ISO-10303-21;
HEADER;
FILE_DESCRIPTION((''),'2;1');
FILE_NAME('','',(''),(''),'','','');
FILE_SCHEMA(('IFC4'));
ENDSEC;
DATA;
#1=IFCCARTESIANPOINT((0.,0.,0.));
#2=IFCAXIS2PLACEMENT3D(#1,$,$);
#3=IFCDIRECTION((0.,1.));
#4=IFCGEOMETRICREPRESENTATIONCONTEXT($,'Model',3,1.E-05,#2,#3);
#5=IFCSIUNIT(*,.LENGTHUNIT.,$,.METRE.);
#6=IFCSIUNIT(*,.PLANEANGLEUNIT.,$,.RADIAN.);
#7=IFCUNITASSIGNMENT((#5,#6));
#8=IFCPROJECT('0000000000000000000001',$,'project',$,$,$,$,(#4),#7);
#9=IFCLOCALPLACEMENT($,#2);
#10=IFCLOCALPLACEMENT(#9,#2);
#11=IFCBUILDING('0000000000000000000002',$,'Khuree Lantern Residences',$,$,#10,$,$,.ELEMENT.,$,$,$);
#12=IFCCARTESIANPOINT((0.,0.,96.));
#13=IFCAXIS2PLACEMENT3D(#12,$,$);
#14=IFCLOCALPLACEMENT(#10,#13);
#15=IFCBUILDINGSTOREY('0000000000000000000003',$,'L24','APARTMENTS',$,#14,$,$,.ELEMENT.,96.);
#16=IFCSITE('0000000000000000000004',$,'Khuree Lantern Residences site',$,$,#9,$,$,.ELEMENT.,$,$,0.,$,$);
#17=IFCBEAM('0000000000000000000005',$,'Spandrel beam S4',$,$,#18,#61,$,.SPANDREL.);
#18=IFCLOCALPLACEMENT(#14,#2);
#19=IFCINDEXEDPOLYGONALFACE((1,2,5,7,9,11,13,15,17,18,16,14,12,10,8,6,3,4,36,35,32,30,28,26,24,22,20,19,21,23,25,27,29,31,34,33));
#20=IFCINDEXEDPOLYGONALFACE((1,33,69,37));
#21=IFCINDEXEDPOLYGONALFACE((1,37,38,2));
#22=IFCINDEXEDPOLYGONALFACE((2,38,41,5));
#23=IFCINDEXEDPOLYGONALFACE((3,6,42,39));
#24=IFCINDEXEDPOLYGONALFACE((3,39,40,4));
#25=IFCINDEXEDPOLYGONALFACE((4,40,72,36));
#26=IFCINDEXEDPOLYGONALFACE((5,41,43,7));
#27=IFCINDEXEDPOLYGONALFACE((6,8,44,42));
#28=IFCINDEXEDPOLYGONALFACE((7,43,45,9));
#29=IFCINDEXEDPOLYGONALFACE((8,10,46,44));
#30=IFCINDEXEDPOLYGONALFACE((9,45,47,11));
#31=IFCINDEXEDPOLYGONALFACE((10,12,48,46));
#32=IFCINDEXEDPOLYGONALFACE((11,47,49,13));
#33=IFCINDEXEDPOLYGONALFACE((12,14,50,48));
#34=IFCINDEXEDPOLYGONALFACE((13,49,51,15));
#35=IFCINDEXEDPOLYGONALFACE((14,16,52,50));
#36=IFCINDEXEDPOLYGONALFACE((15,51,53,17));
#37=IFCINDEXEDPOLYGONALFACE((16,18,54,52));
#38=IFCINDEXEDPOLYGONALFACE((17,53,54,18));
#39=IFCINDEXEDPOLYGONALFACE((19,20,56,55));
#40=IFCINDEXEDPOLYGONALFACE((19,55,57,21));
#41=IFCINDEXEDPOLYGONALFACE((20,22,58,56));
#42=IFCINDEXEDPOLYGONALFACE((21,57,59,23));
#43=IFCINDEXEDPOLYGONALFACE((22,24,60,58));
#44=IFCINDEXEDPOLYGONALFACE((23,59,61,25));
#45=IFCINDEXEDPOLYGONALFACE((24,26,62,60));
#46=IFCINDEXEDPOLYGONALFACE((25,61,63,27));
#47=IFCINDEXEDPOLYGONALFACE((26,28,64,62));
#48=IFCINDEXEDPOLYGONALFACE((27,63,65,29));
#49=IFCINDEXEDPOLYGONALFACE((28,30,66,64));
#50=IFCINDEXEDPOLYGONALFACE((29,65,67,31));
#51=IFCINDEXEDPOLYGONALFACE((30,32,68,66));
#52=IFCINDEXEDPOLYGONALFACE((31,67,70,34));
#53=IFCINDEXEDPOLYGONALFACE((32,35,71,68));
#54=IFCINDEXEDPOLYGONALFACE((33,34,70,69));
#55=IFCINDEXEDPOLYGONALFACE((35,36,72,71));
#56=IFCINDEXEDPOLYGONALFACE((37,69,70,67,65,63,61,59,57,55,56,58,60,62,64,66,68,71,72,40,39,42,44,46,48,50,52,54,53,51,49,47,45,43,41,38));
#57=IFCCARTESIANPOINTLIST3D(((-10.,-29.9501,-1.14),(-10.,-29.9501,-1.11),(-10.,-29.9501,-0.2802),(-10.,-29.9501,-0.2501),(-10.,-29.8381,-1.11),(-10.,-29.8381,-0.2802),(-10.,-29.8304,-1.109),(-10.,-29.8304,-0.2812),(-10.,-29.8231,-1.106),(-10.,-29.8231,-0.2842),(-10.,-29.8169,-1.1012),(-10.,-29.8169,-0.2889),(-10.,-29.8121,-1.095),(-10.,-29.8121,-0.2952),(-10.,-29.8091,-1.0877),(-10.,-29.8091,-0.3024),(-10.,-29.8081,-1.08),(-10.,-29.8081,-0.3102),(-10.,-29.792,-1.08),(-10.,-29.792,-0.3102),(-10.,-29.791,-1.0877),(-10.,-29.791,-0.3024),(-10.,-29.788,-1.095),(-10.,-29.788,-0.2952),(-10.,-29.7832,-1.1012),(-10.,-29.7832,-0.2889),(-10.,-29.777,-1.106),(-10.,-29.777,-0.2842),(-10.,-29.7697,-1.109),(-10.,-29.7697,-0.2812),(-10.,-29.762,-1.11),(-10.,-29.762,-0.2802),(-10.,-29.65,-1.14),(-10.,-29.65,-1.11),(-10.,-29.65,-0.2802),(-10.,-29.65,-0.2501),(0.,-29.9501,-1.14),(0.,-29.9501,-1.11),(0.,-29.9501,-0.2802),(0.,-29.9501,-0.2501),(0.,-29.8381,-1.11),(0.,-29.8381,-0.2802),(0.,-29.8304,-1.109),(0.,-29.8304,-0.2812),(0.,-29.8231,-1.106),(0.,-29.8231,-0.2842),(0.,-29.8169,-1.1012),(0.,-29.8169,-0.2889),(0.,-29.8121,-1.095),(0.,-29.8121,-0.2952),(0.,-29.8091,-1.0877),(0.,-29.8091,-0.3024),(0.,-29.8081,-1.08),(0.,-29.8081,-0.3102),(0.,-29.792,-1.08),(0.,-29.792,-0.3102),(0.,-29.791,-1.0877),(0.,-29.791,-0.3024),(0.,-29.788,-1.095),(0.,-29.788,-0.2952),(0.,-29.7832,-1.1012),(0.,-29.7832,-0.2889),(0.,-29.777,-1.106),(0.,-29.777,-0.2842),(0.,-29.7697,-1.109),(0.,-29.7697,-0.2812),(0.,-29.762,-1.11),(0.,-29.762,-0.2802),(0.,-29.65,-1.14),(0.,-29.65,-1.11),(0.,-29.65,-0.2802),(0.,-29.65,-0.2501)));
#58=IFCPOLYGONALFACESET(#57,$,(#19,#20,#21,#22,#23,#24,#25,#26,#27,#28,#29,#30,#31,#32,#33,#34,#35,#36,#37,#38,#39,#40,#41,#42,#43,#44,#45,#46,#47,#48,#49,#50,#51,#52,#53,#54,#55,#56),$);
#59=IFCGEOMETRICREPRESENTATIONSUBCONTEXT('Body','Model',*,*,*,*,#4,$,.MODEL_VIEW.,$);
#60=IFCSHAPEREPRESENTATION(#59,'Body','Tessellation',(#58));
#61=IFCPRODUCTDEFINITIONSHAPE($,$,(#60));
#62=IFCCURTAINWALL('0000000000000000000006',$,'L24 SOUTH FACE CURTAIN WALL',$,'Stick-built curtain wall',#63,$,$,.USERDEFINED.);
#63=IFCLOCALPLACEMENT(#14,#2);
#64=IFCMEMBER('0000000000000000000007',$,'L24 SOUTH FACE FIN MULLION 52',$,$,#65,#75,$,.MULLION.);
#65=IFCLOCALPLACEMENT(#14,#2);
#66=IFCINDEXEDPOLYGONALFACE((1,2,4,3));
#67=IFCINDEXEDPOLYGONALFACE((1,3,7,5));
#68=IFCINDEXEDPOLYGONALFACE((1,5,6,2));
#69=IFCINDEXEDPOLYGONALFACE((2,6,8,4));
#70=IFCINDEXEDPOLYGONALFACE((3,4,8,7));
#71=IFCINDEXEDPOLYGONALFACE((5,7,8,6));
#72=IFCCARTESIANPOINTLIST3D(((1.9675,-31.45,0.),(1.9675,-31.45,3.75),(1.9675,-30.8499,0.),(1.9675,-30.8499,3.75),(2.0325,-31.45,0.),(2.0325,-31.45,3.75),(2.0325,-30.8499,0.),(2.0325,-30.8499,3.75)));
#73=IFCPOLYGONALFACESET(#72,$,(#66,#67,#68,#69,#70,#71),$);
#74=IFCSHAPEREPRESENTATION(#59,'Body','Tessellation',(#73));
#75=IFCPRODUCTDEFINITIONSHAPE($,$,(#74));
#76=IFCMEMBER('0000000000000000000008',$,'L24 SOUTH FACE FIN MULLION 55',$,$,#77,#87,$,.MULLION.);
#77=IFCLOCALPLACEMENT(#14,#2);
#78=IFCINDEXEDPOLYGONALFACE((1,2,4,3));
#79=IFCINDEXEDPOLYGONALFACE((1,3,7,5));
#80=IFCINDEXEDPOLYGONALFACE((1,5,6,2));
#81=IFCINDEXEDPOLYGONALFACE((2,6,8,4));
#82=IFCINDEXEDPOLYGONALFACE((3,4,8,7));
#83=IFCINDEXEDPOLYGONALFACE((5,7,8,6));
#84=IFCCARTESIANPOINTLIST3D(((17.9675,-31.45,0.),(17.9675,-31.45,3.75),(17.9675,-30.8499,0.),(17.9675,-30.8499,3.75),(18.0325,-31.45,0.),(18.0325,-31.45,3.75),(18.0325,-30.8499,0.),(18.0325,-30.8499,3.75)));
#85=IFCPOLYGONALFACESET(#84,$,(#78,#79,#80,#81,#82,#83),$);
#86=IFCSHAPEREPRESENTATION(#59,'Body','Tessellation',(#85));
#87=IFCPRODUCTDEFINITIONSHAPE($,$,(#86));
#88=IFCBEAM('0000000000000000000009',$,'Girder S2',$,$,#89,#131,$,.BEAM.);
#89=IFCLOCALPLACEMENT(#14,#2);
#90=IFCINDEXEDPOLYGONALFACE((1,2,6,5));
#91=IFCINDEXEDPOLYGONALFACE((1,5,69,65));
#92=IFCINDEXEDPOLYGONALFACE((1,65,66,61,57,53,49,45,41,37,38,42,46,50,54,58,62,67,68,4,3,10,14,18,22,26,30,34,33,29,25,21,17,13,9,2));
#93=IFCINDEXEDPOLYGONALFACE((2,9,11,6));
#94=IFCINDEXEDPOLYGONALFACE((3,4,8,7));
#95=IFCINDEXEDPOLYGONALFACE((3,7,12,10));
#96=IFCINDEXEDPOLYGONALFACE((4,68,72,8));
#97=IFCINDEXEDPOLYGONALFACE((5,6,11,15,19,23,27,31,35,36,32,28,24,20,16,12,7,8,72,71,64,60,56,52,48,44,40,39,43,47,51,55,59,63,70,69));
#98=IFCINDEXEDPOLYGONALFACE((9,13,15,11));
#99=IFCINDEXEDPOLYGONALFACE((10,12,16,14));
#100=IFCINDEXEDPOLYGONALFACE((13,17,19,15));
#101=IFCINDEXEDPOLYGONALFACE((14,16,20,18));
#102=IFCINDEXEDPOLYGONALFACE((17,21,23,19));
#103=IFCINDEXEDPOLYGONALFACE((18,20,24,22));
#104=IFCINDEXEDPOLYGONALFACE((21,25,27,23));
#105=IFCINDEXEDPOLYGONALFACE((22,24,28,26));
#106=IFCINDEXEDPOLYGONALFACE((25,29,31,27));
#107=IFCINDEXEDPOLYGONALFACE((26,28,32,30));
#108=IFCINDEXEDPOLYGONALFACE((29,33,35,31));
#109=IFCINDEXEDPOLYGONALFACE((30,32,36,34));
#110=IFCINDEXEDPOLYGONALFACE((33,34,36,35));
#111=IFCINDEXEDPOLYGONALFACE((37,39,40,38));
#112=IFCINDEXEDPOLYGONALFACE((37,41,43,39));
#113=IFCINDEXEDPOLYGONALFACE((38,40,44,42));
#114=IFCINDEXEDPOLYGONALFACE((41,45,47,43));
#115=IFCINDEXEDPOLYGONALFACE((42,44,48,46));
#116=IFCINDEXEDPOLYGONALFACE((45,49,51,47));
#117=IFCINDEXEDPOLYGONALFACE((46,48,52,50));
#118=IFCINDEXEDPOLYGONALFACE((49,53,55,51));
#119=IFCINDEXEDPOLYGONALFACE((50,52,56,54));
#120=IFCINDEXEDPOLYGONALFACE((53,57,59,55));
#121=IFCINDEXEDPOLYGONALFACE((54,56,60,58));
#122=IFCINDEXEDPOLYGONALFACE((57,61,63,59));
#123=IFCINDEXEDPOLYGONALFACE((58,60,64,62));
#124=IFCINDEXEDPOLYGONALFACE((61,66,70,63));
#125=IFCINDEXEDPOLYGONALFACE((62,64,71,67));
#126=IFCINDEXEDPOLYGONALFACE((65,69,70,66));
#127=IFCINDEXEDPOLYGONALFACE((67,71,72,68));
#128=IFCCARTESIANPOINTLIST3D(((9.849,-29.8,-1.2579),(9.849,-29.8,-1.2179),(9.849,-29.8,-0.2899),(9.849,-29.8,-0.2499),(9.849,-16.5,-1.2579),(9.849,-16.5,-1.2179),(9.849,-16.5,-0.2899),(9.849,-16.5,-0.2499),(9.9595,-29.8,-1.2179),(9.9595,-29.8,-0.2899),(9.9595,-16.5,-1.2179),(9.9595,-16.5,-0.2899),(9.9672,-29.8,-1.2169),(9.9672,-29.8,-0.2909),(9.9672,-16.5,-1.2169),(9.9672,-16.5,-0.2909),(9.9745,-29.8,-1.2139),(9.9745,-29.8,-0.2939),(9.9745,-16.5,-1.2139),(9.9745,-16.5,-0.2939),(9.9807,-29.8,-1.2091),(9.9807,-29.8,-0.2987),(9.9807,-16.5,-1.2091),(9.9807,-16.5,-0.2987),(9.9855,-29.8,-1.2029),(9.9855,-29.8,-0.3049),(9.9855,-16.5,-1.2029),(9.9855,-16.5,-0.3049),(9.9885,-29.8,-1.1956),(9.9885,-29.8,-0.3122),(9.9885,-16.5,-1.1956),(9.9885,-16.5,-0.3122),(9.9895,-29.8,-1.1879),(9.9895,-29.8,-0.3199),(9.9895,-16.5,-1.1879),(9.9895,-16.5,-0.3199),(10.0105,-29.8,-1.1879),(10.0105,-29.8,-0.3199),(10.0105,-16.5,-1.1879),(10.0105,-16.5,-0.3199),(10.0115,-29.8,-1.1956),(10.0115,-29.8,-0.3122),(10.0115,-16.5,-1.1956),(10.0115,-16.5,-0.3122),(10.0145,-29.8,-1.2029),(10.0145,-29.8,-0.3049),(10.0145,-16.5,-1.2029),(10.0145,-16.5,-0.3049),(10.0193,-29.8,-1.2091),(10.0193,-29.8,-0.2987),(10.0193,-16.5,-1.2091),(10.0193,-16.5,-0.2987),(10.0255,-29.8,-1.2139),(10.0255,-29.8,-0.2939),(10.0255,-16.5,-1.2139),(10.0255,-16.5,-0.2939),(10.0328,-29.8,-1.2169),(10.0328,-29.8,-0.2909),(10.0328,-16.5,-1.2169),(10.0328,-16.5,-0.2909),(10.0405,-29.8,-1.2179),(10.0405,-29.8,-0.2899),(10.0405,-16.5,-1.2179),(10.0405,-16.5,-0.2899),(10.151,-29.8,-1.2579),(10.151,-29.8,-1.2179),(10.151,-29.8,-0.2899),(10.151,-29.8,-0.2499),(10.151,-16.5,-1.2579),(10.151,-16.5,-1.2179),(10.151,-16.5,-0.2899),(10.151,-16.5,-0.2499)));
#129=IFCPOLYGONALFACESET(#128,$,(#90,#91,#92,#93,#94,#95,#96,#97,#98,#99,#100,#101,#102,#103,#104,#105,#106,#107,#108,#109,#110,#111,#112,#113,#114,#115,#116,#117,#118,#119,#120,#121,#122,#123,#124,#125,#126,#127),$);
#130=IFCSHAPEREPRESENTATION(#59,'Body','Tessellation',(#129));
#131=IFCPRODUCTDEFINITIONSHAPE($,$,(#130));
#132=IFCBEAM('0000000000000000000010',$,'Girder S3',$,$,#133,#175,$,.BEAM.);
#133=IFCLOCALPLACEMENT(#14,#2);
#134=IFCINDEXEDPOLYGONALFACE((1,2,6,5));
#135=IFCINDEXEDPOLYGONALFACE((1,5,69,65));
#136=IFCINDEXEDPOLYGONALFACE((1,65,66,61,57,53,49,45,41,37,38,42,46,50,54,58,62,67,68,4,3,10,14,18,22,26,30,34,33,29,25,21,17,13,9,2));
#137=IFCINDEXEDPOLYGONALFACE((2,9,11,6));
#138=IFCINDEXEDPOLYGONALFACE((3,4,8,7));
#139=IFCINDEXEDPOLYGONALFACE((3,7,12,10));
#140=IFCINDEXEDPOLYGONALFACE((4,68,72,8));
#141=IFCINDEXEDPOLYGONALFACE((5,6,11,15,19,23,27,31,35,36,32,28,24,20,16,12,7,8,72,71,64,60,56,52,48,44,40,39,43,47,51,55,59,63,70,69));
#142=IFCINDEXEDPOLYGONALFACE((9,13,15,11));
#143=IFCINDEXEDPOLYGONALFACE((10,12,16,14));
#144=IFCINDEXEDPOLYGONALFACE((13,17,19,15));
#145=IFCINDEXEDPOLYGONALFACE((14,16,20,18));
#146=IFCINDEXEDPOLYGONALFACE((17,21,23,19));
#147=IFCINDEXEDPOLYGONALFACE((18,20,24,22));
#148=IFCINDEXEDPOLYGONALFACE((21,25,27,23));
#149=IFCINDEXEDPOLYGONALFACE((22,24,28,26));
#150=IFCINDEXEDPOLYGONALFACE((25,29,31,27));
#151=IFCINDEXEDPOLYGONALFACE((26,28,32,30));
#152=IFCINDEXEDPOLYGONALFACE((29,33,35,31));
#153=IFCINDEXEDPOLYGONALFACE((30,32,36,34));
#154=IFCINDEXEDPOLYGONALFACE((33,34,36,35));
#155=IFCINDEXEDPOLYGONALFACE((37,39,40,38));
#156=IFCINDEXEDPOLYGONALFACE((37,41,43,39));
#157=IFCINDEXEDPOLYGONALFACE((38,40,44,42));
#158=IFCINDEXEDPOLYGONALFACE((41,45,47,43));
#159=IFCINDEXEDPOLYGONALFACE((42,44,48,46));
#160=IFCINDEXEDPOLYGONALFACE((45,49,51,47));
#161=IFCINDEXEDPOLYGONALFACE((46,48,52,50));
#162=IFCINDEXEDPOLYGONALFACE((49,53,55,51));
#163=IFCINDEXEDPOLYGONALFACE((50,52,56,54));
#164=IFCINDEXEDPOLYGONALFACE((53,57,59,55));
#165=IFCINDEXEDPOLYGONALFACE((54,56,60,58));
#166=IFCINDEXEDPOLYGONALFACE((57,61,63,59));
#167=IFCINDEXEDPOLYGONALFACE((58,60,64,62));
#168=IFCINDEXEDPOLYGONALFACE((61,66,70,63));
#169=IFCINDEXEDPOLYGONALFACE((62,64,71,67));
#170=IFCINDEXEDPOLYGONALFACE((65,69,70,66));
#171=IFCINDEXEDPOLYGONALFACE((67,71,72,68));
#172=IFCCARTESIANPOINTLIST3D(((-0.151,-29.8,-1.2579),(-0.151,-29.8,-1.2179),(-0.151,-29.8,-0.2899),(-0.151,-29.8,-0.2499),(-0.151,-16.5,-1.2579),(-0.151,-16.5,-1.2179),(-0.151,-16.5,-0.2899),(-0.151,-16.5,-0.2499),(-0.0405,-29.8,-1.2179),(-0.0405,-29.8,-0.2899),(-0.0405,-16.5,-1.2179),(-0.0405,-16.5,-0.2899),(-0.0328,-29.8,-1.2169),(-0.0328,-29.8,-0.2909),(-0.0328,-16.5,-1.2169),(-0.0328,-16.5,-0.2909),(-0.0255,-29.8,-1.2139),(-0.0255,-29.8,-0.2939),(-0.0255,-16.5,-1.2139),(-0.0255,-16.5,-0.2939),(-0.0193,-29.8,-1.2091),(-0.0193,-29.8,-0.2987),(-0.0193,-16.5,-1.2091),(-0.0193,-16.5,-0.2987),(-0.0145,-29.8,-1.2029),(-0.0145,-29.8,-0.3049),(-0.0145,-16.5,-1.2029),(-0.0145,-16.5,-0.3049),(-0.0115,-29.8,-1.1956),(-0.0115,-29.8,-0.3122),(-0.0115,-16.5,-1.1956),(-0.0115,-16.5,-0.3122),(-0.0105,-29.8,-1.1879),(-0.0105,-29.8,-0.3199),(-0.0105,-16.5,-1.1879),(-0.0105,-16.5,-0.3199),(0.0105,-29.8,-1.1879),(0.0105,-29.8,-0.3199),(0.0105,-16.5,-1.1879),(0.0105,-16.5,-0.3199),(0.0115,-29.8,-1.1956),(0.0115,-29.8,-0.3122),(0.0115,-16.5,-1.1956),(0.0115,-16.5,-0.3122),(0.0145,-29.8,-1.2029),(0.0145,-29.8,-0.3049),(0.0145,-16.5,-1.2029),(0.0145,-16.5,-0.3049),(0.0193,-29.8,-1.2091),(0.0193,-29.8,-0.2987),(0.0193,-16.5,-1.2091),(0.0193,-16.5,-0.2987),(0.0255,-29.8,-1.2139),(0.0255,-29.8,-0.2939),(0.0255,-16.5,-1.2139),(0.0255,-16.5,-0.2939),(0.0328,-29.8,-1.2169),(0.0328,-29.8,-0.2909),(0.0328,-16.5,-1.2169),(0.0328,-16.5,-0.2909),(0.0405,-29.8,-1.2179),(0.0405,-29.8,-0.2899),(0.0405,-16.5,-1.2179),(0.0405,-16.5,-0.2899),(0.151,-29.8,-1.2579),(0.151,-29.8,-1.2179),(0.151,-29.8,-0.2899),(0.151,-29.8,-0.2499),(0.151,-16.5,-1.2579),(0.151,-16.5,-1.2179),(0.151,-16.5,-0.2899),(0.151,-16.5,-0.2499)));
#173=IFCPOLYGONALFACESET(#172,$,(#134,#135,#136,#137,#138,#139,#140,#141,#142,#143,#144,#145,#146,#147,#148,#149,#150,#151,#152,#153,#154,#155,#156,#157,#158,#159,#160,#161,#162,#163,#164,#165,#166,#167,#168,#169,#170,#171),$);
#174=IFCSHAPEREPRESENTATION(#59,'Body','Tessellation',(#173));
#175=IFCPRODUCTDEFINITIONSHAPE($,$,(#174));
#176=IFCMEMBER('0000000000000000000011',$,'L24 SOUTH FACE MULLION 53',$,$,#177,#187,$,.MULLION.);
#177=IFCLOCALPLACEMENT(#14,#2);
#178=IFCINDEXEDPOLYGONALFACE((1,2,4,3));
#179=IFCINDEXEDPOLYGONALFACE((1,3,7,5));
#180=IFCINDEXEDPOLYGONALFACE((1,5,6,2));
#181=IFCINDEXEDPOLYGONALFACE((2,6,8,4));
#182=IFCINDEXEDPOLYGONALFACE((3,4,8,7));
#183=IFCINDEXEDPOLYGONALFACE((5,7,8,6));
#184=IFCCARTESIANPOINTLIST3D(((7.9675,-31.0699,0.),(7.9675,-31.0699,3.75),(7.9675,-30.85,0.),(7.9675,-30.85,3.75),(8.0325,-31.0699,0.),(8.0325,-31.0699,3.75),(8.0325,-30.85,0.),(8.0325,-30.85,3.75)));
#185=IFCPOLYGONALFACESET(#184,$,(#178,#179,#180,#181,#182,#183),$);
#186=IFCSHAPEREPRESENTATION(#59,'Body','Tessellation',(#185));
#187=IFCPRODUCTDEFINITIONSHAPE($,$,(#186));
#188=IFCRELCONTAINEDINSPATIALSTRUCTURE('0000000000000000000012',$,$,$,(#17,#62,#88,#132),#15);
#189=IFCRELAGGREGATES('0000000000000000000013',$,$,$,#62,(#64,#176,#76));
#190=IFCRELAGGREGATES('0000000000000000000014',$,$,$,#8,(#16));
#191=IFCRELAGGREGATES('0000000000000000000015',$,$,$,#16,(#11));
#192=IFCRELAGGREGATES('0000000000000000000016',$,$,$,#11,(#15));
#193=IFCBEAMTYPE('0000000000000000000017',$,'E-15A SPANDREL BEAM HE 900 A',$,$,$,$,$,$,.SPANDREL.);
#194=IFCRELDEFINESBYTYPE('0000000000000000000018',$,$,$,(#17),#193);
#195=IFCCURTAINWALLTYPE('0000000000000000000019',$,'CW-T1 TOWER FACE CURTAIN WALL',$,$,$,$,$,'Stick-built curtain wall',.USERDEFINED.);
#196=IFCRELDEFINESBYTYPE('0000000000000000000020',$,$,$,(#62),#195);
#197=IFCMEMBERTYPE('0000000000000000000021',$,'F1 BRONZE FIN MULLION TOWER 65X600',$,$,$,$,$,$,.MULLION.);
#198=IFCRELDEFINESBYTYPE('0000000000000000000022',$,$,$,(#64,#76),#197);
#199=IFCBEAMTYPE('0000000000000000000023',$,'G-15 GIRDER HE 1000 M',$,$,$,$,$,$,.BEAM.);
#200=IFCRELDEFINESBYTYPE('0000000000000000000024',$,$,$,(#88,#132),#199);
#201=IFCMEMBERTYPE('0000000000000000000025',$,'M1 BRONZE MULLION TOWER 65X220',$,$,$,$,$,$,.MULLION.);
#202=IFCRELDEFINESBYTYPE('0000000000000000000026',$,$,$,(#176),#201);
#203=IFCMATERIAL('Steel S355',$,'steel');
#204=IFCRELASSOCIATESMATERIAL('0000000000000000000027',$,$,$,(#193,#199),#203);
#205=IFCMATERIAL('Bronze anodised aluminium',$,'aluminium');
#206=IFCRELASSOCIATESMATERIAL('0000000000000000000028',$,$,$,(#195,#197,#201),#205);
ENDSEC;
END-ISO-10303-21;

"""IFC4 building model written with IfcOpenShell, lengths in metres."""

from ifc_helpers import new_model, si_unit, direction, frame, origin, origin_2d, place, context, subcontext, project, spatial, rectangle, i_section, extrude, material, material_profile, profile_set, type_object, element, aggregate, save


model = new_model("IFC4")

# Units and contexts
model_context = context("Model", 3, precision=1e-05, world=origin(), true_north=direction((0.0, 1.0)))
body_context = subcontext(model_context, "Body", "Model", "MODEL_VIEW")
ifc_project = project(units=[si_unit("LENGTHUNIT", "METRE"), si_unit("PLANEANGLEUNIT", "RADIAN")], contexts=[model_context])

# Site, building, storey
site_placement = place(None, origin())
site = spatial("IfcSite", under=ifc_project, at=site_placement, Name="Khuree Lantern Residences site", CompositionType="ELEMENT", RefElevation=0.0)
building_placement = place(site_placement, origin())
building = spatial("IfcBuilding", under=site, at=building_placement, Name="Khuree Lantern Residences", CompositionType="ELEMENT")
storey_placement = place(building_placement, frame((0.0, 0.0, 96.0)))
storey = spatial("IfcBuildingStorey", under=building, at=storey_placement, Name="L24", Description="APARTMENTS", CompositionType="ELEMENT", Elevation=96.0)

# Beam
ifc_material_1 = material(Name="Steel S355", Category="steel")
ifc_material_profile_1 = material_profile(ifc_material_1, i_section(OverallWidth=0.3, OverallDepth=0.8899, WebThickness=0.0161, FlangeThickness=0.03, FilletRadius=0.03, at=origin_2d()), Name="HE 900 A")
ifc_profile_set_1 = profile_set([ifc_material_profile_1], Name="Steel S355")
beam_type_1 = type_object("IfcBeamType", Name="E-15A SPANDREL BEAM HE 900 A", PredefinedType="SPANDREL", material=ifc_profile_set_1)
for number, where, z_axis, x_axis, name in (
    (1, (0.0, -29.8, -0.6951), (-1.0, 0.0, 0.0), (0.0, -1.0, 0.0), "Spandrel beam S4"),
):
    element("IfcBeam", number, at=place(storey_placement, frame(where, z_axis=z_axis, x_axis=x_axis)), inside=storey, type_object=beam_type_1, Name=name, PredefinedType="SPANDREL", context=body_context, shape_type="SweptSolid", body=[
        extrude(i_section(OverallWidth=0.3, OverallDepth=0.8899, WebThickness=0.0161, FlangeThickness=0.03, FilletRadius=0.03, at=origin_2d()), origin(), (0.0, 0.0, 1.0), 10.0),
    ])

# Curtain wall, members
ifc_material_2 = material(Name="Bronze anodised aluminium", Category="aluminium")
curtain_wall_type = type_object("IfcCurtainWallType", Name="CW-T1 TOWER FACE CURTAIN WALL", ElementType="Stick-built curtain wall", PredefinedType="USERDEFINED", material=ifc_material_2)
curtain_wall_placement = place(storey_placement, origin())
curtain_wall = element("IfcCurtainWall", 2, at=curtain_wall_placement, inside=storey, type_object=curtain_wall_type, Name="L24 SOUTH FACE CURTAIN WALL", ObjectType="Stick-built curtain wall", PredefinedType="USERDEFINED")
ifc_material_profile_2 = material_profile(ifc_material_2, rectangle(XDim=0.0649, YDim=0.6001, at=origin_2d()), Name="F1 65X600")
ifc_profile_set_2 = profile_set([ifc_material_profile_2], Name="Bronze anodised aluminium")
member_type_1 = type_object("IfcMemberType", Name="F1 BRONZE FIN MULLION TOWER 65X600", PredefinedType="MULLION", material=ifc_profile_set_2)
member_1_placement = place(storey_placement, frame((2.0, -31.1499, 0.0), z_axis=(0.0, 0.0, 1.0), x_axis=(1.0, 0.0, 0.0)))
member_1 = element("IfcMember", 3, at=member_1_placement, type_object=member_type_1, Name="L24 SOUTH FACE FIN MULLION 52", PredefinedType="MULLION", context=body_context, shape_type="SweptSolid", body=[
    extrude(rectangle(XDim=0.0649, YDim=0.6001, at=origin_2d()), origin(), (0.0, 0.0, 1.0), 3.75),
])
member_2_placement = place(storey_placement, frame((18.0, -31.1499, 0.0), z_axis=(0.0, 0.0, 1.0), x_axis=(1.0, 0.0, 0.0)))
member_2 = element("IfcMember", 4, at=member_2_placement, type_object=member_type_1, Name="L24 SOUTH FACE FIN MULLION 55", PredefinedType="MULLION", context=body_context, shape_type="SweptSolid", body=[
    extrude(rectangle(XDim=0.0649, YDim=0.6001, at=origin_2d()), origin(), (0.0, 0.0, 1.0), 3.75),
])

# Beams
ifc_material_profile_3 = material_profile(ifc_material_1, i_section(OverallWidth=0.302, OverallDepth=1.0081, WebThickness=0.021, FlangeThickness=0.04, FilletRadius=0.03, at=origin_2d()), Name="HE 1000 M")
ifc_profile_set_3 = profile_set([ifc_material_profile_3], Name="Steel S355")
beam_type_2 = type_object("IfcBeamType", Name="G-15 GIRDER HE 1000 M", PredefinedType="BEAM", material=ifc_profile_set_3)
for number, where, z_axis, x_axis, name in (
    (5, (10.0, -29.8, -0.7539), (0.0, 1.0, 0.0), (-1.0, 0.0, 0.0), "Girder S2"),
    (6, (0.0, -29.8, -0.7539), (0.0, 1.0, 0.0), (-1.0, 0.0, 0.0), "Girder S3"),
):
    element("IfcBeam", number, at=place(storey_placement, frame(where, z_axis=z_axis, x_axis=x_axis)), inside=storey, type_object=beam_type_2, Name=name, PredefinedType="BEAM", context=body_context, shape_type="SweptSolid", body=[
        extrude(i_section(OverallWidth=0.302, OverallDepth=1.0081, WebThickness=0.021, FlangeThickness=0.04, FilletRadius=0.03, at=origin_2d()), origin(), (0.0, 0.0, 1.0), 13.3),
    ])

# Member
ifc_material_profile_4 = material_profile(ifc_material_2, rectangle(XDim=0.0649, YDim=0.22, at=origin_2d()), Name="M1 65X220")
ifc_profile_set_4 = profile_set([ifc_material_profile_4], Name="Bronze anodised aluminium")
member_type_2 = type_object("IfcMemberType", Name="M1 BRONZE MULLION TOWER 65X220", PredefinedType="MULLION", material=ifc_profile_set_4)
member_3_placement = place(storey_placement, frame((8.0, -30.96, 0.0), z_axis=(0.0, 0.0, 1.0), x_axis=(1.0, 0.0, 0.0)))
member_3 = element("IfcMember", 7, at=member_3_placement, type_object=member_type_2, Name="L24 SOUTH FACE MULLION 53", PredefinedType="MULLION", context=body_context, shape_type="SweptSolid", body=[
    extrude(rectangle(XDim=0.0649, YDim=0.22, at=origin_2d()), origin(), (0.0, 0.0, 1.0), 3.75),
])

aggregate(curtain_wall, [member_1, member_3, member_2])

save(model, "model.ifc")
